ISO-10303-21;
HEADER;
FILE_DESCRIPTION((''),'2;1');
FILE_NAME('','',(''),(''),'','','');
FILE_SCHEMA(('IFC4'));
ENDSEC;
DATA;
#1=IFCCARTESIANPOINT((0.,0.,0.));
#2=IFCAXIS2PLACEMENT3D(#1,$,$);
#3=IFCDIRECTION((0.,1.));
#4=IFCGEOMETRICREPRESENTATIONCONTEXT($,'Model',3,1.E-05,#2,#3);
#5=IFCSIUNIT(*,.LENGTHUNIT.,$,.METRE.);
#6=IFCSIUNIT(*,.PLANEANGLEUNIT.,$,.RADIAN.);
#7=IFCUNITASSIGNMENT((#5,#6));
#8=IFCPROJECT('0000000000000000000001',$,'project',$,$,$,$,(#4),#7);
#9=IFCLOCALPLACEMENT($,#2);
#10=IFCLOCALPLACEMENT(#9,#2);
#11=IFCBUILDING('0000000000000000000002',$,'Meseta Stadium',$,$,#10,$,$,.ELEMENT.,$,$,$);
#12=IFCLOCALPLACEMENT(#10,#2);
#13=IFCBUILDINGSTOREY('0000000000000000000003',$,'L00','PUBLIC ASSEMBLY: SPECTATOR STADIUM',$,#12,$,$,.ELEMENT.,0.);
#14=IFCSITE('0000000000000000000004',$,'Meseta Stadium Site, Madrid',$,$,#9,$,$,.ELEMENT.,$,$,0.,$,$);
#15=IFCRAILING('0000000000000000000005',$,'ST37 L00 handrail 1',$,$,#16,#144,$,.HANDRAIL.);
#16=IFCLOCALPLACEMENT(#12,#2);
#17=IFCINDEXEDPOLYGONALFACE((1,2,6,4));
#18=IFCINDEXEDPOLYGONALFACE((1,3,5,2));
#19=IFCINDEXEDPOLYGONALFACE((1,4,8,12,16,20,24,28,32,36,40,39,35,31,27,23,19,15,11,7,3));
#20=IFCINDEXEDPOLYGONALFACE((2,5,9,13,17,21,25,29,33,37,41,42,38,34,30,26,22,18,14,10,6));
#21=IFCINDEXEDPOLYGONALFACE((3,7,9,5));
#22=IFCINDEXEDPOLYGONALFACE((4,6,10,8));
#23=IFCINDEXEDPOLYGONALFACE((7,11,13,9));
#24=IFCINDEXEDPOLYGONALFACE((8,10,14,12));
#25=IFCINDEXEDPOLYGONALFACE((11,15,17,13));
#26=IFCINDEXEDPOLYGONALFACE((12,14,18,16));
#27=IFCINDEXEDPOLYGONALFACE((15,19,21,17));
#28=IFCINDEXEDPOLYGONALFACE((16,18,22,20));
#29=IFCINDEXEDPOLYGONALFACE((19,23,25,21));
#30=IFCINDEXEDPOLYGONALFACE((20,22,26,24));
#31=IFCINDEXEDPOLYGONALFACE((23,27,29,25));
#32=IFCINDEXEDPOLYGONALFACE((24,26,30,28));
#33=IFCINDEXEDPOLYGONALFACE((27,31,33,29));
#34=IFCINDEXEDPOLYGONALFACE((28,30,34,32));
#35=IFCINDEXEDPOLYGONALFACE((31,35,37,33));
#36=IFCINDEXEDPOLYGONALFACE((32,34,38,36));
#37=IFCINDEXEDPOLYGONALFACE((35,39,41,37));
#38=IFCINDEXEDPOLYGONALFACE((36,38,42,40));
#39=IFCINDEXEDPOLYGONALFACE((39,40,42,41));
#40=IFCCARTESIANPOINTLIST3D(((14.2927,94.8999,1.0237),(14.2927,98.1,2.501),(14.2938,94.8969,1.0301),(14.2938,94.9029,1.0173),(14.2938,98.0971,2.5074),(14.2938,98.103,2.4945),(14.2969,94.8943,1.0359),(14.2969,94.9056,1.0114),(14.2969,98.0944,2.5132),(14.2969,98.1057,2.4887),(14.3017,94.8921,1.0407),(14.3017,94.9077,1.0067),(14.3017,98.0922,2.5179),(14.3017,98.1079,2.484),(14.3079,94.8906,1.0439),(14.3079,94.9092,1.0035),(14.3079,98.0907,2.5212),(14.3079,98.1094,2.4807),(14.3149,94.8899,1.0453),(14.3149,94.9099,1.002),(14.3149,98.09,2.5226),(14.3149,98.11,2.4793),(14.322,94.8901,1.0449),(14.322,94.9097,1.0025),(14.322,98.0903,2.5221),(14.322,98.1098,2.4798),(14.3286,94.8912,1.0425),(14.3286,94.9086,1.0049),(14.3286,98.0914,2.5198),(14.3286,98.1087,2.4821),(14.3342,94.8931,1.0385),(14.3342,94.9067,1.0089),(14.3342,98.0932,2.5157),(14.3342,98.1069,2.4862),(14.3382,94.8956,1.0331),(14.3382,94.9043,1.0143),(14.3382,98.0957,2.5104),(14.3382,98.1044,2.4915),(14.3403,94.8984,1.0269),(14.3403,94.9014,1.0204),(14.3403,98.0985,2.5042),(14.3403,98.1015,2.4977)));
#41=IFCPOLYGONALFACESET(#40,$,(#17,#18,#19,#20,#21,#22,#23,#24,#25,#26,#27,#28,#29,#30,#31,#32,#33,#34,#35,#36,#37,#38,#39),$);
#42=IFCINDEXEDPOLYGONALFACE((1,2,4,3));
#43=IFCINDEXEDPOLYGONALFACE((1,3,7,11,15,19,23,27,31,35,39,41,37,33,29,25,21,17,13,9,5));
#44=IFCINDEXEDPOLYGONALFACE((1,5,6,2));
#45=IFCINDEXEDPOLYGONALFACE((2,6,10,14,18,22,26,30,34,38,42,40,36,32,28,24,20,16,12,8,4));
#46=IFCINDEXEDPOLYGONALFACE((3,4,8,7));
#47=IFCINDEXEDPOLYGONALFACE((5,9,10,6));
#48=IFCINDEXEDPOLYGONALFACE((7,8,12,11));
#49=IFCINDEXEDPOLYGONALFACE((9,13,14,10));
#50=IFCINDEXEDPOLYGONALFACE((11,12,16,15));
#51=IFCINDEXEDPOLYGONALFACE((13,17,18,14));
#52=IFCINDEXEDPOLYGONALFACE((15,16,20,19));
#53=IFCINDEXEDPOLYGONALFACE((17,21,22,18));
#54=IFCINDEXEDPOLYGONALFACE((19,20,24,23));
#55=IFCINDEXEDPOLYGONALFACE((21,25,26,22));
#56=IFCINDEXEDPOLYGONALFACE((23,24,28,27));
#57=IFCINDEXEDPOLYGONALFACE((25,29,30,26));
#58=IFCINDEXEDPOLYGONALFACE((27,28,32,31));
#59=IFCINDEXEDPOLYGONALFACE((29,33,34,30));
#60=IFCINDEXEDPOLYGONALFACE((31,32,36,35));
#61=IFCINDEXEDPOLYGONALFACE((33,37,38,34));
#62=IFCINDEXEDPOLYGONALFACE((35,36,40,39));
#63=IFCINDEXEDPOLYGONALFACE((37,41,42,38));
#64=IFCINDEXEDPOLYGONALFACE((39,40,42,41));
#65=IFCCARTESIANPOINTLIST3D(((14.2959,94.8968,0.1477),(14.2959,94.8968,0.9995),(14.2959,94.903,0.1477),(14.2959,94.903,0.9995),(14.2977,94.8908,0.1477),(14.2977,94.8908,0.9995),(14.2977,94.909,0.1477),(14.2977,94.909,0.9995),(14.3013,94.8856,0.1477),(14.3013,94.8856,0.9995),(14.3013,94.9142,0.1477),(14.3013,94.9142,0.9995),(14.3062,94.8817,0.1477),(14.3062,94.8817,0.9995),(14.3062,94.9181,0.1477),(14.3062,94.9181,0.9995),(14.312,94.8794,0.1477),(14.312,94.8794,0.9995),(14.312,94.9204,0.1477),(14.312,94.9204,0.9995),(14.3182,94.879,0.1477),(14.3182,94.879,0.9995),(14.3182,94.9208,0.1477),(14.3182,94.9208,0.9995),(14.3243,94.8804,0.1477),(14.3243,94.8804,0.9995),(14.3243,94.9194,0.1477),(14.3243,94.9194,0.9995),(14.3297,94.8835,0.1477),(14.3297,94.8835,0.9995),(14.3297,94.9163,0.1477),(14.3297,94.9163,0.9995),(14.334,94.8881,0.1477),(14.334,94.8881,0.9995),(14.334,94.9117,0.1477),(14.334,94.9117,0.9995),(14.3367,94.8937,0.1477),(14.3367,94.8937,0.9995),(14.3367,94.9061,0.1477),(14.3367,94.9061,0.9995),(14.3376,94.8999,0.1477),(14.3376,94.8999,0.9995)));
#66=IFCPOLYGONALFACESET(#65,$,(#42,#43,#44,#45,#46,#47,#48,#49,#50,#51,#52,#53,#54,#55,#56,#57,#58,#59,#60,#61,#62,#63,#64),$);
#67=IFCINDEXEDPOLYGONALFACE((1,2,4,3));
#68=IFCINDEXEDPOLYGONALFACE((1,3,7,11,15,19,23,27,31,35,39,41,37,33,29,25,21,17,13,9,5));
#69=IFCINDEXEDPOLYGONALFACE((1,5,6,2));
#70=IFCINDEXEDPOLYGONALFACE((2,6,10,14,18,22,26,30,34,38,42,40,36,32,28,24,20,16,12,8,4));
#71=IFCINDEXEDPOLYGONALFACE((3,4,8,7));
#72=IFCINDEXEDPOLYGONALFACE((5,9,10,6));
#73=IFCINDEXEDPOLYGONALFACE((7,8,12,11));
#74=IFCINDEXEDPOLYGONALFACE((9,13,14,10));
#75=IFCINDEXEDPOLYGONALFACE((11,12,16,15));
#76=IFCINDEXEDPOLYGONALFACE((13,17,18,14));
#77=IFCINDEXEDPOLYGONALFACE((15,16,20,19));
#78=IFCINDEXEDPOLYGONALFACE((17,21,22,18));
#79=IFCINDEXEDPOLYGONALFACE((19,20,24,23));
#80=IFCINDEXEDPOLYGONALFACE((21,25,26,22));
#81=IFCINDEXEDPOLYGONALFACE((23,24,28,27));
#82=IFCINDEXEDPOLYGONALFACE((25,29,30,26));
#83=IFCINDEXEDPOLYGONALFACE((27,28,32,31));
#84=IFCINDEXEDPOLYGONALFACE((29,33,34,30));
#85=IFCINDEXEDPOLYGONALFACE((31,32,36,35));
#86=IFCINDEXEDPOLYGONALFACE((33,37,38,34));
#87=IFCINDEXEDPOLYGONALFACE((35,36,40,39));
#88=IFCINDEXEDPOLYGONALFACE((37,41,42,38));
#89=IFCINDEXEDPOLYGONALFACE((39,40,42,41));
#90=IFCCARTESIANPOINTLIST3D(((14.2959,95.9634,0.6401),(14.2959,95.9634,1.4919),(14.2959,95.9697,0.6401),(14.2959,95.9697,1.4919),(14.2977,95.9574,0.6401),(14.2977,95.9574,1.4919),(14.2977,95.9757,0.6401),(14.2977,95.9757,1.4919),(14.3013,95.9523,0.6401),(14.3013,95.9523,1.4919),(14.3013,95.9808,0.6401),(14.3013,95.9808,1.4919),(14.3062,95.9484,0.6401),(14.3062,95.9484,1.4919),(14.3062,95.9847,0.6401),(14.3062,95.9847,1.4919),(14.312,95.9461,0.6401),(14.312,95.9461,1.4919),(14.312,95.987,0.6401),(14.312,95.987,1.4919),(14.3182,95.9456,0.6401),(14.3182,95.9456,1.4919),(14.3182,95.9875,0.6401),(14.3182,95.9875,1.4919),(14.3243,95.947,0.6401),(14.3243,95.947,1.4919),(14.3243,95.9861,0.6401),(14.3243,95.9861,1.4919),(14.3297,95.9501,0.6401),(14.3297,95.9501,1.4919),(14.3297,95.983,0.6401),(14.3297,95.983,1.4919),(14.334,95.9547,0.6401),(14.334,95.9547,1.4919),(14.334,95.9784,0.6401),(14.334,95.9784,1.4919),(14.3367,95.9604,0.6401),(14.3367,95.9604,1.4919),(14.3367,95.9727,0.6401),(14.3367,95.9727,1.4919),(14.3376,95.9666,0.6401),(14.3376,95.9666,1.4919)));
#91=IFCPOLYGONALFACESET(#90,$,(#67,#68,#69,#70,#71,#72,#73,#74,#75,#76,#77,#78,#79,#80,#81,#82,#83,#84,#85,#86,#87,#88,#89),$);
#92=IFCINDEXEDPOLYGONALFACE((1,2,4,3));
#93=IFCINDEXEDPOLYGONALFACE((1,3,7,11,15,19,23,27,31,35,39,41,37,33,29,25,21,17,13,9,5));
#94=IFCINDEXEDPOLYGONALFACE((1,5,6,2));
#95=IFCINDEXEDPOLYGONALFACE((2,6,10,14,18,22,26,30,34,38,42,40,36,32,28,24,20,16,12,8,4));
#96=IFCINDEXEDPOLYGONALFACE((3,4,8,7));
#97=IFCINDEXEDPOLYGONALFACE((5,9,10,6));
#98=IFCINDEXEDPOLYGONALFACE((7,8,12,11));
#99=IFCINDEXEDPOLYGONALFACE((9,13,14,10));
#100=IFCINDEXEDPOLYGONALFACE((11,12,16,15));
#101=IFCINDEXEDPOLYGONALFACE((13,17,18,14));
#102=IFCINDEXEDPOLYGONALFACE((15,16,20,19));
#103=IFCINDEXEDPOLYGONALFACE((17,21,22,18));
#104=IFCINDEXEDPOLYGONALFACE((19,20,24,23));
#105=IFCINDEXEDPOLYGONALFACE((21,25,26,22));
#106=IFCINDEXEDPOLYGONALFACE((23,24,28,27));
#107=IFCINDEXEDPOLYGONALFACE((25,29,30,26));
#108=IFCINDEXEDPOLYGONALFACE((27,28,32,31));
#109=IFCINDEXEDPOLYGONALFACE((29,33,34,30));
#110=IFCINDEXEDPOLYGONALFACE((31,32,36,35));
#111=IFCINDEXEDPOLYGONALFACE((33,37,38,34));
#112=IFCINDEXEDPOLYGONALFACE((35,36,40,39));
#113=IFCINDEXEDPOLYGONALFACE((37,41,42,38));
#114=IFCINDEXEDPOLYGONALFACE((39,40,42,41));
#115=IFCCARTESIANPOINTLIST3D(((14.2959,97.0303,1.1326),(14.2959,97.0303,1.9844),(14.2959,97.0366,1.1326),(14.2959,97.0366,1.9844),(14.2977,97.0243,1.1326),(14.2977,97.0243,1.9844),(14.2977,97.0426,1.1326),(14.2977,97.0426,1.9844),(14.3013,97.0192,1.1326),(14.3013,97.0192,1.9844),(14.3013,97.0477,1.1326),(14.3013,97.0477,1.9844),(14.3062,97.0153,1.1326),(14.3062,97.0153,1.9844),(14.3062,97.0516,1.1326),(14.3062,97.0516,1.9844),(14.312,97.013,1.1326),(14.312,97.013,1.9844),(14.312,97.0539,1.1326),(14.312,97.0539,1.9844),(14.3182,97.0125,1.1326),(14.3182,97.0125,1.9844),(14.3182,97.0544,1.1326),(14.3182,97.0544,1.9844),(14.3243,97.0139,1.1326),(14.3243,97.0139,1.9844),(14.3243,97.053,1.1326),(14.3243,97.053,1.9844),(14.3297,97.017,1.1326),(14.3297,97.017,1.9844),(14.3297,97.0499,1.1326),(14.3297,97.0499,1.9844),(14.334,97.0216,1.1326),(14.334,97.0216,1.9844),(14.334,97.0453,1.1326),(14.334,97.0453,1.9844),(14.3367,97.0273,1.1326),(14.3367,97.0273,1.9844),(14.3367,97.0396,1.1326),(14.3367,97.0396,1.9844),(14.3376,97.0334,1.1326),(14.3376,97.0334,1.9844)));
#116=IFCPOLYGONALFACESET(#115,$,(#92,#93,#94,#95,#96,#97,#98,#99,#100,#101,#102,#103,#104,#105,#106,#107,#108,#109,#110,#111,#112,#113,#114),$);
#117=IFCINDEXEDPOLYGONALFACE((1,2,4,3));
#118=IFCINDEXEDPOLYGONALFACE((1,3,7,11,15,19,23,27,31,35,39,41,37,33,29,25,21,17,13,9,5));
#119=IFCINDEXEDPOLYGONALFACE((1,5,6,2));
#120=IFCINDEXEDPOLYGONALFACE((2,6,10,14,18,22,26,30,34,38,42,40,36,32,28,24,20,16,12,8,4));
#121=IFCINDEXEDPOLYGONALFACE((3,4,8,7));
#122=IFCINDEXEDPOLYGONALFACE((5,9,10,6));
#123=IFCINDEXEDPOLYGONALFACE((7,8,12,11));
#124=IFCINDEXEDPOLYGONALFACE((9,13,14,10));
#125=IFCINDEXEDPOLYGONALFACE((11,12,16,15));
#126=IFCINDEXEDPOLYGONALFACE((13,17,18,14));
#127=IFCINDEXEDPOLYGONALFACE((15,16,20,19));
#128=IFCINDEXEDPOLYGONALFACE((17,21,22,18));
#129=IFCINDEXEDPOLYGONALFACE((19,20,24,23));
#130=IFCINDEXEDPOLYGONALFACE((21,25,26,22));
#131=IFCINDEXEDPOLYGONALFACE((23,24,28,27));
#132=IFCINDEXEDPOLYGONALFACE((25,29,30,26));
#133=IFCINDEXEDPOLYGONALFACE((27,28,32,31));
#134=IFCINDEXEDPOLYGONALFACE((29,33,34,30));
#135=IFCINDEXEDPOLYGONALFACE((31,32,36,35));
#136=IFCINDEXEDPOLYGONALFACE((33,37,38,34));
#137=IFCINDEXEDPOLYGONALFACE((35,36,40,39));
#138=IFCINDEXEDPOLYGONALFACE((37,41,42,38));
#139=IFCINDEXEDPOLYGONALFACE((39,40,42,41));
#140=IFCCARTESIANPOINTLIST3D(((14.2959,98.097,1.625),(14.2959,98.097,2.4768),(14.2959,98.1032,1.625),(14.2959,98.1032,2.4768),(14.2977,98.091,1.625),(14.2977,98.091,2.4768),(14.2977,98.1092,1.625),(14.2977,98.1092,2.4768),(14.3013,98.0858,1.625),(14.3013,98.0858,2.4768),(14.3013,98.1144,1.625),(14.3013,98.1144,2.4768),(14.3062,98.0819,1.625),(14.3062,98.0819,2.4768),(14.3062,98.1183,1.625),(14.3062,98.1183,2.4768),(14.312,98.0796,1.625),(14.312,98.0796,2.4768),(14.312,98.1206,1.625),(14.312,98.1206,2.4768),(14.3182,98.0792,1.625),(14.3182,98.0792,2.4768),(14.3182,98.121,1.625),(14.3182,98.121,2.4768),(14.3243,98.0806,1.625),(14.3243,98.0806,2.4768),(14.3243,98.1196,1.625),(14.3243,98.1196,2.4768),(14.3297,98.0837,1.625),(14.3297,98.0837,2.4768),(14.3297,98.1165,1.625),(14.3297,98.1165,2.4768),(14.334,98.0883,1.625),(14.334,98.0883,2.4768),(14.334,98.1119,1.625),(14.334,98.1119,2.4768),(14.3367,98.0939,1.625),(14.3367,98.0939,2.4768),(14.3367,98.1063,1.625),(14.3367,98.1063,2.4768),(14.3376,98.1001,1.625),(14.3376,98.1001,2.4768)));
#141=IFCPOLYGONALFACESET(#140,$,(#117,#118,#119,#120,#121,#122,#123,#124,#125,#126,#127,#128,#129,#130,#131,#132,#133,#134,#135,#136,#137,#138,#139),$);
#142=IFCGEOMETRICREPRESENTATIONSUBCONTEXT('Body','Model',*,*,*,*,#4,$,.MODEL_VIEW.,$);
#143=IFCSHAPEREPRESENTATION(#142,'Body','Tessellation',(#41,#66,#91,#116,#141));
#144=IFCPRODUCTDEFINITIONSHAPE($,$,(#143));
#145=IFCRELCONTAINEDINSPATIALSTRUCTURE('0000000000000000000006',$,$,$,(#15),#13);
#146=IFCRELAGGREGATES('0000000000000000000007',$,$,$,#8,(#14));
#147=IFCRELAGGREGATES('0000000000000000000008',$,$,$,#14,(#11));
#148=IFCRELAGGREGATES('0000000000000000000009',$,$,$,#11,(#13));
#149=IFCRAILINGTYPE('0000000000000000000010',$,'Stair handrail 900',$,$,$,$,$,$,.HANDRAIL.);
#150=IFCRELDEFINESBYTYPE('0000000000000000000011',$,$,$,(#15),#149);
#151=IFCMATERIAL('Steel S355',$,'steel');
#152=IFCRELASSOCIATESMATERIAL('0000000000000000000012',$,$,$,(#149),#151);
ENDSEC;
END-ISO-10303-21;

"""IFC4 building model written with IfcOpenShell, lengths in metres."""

from ifc_helpers import new_model, si_unit, direction, frame, origin, origin_2d, place, context, subcontext, project, spatial, circle, extrude, material, type_object, element, save


model = new_model("IFC4")

# Units and contexts
model_context = context("Model", 3, precision=1e-05, world=origin(), true_north=direction((0.0, 1.0)))
body_context = subcontext(model_context, "Body", "Model", "MODEL_VIEW")
ifc_project = project(units=[si_unit("LENGTHUNIT", "METRE"), si_unit("PLANEANGLEUNIT", "RADIAN")], contexts=[model_context])

# Site, building, storey
site_placement = place(None, origin())
site = spatial("IfcSite", under=ifc_project, at=site_placement, Name="Meseta Stadium Site, Madrid", CompositionType="ELEMENT", RefElevation=0.0)
building_placement = place(site_placement, origin())
building = spatial("IfcBuilding", under=site, at=building_placement, Name="Meseta Stadium", CompositionType="ELEMENT")
storey_placement = place(building_placement, origin())
storey = spatial("IfcBuildingStorey", under=building, at=storey_placement, Name="L00", Description="PUBLIC ASSEMBLY: SPECTATOR STADIUM", CompositionType="ELEMENT", Elevation=0.0)

# Railing
ifc_material_1 = material(Name="Steel S355", Category="steel")
railing_type_1 = type_object("IfcRailingType", Name="Stair handrail 900", PredefinedType="HANDRAIL", material=ifc_material_1)
railing_1_placement = place(storey_placement, frame((14.3167, 94.8999, 0.1477)))
element("IfcRailing", 1, at=railing_1_placement, inside=storey, type_object=railing_type_1, Name="ST37 L00 handrail 1", PredefinedType="HANDRAIL", context=body_context, shape_type="SweptSolid", body=[
    extrude(circle(Radius=0.0239, at=origin_2d()), frame((0.0, 0.0, 0.876), z_axis=(0.0, 0.907929, 0.419124), x_axis=(-1.0, 0.0, 0.0)), (0.0, 0.0, 1.0), 3.5247),
    extrude(circle(Radius=0.021, at=origin_2d()), origin(), (0.0, 0.0, 1.0), 0.8518),
    extrude(circle(Radius=0.021, at=origin_2d()), frame((0.0, 1.0667, 0.4924)), (0.0, 0.0, 1.0), 0.8518),
    extrude(circle(Radius=0.021, at=origin_2d()), frame((0.0, 2.1335, 0.9849)), (0.0, 0.0, 1.0), 0.8518),
    extrude(circle(Radius=0.021, at=origin_2d()), frame((0.0, 3.2002, 1.4773)), (0.0, 0.0, 1.0), 0.8518),
])

save(model, "model.ifc")
